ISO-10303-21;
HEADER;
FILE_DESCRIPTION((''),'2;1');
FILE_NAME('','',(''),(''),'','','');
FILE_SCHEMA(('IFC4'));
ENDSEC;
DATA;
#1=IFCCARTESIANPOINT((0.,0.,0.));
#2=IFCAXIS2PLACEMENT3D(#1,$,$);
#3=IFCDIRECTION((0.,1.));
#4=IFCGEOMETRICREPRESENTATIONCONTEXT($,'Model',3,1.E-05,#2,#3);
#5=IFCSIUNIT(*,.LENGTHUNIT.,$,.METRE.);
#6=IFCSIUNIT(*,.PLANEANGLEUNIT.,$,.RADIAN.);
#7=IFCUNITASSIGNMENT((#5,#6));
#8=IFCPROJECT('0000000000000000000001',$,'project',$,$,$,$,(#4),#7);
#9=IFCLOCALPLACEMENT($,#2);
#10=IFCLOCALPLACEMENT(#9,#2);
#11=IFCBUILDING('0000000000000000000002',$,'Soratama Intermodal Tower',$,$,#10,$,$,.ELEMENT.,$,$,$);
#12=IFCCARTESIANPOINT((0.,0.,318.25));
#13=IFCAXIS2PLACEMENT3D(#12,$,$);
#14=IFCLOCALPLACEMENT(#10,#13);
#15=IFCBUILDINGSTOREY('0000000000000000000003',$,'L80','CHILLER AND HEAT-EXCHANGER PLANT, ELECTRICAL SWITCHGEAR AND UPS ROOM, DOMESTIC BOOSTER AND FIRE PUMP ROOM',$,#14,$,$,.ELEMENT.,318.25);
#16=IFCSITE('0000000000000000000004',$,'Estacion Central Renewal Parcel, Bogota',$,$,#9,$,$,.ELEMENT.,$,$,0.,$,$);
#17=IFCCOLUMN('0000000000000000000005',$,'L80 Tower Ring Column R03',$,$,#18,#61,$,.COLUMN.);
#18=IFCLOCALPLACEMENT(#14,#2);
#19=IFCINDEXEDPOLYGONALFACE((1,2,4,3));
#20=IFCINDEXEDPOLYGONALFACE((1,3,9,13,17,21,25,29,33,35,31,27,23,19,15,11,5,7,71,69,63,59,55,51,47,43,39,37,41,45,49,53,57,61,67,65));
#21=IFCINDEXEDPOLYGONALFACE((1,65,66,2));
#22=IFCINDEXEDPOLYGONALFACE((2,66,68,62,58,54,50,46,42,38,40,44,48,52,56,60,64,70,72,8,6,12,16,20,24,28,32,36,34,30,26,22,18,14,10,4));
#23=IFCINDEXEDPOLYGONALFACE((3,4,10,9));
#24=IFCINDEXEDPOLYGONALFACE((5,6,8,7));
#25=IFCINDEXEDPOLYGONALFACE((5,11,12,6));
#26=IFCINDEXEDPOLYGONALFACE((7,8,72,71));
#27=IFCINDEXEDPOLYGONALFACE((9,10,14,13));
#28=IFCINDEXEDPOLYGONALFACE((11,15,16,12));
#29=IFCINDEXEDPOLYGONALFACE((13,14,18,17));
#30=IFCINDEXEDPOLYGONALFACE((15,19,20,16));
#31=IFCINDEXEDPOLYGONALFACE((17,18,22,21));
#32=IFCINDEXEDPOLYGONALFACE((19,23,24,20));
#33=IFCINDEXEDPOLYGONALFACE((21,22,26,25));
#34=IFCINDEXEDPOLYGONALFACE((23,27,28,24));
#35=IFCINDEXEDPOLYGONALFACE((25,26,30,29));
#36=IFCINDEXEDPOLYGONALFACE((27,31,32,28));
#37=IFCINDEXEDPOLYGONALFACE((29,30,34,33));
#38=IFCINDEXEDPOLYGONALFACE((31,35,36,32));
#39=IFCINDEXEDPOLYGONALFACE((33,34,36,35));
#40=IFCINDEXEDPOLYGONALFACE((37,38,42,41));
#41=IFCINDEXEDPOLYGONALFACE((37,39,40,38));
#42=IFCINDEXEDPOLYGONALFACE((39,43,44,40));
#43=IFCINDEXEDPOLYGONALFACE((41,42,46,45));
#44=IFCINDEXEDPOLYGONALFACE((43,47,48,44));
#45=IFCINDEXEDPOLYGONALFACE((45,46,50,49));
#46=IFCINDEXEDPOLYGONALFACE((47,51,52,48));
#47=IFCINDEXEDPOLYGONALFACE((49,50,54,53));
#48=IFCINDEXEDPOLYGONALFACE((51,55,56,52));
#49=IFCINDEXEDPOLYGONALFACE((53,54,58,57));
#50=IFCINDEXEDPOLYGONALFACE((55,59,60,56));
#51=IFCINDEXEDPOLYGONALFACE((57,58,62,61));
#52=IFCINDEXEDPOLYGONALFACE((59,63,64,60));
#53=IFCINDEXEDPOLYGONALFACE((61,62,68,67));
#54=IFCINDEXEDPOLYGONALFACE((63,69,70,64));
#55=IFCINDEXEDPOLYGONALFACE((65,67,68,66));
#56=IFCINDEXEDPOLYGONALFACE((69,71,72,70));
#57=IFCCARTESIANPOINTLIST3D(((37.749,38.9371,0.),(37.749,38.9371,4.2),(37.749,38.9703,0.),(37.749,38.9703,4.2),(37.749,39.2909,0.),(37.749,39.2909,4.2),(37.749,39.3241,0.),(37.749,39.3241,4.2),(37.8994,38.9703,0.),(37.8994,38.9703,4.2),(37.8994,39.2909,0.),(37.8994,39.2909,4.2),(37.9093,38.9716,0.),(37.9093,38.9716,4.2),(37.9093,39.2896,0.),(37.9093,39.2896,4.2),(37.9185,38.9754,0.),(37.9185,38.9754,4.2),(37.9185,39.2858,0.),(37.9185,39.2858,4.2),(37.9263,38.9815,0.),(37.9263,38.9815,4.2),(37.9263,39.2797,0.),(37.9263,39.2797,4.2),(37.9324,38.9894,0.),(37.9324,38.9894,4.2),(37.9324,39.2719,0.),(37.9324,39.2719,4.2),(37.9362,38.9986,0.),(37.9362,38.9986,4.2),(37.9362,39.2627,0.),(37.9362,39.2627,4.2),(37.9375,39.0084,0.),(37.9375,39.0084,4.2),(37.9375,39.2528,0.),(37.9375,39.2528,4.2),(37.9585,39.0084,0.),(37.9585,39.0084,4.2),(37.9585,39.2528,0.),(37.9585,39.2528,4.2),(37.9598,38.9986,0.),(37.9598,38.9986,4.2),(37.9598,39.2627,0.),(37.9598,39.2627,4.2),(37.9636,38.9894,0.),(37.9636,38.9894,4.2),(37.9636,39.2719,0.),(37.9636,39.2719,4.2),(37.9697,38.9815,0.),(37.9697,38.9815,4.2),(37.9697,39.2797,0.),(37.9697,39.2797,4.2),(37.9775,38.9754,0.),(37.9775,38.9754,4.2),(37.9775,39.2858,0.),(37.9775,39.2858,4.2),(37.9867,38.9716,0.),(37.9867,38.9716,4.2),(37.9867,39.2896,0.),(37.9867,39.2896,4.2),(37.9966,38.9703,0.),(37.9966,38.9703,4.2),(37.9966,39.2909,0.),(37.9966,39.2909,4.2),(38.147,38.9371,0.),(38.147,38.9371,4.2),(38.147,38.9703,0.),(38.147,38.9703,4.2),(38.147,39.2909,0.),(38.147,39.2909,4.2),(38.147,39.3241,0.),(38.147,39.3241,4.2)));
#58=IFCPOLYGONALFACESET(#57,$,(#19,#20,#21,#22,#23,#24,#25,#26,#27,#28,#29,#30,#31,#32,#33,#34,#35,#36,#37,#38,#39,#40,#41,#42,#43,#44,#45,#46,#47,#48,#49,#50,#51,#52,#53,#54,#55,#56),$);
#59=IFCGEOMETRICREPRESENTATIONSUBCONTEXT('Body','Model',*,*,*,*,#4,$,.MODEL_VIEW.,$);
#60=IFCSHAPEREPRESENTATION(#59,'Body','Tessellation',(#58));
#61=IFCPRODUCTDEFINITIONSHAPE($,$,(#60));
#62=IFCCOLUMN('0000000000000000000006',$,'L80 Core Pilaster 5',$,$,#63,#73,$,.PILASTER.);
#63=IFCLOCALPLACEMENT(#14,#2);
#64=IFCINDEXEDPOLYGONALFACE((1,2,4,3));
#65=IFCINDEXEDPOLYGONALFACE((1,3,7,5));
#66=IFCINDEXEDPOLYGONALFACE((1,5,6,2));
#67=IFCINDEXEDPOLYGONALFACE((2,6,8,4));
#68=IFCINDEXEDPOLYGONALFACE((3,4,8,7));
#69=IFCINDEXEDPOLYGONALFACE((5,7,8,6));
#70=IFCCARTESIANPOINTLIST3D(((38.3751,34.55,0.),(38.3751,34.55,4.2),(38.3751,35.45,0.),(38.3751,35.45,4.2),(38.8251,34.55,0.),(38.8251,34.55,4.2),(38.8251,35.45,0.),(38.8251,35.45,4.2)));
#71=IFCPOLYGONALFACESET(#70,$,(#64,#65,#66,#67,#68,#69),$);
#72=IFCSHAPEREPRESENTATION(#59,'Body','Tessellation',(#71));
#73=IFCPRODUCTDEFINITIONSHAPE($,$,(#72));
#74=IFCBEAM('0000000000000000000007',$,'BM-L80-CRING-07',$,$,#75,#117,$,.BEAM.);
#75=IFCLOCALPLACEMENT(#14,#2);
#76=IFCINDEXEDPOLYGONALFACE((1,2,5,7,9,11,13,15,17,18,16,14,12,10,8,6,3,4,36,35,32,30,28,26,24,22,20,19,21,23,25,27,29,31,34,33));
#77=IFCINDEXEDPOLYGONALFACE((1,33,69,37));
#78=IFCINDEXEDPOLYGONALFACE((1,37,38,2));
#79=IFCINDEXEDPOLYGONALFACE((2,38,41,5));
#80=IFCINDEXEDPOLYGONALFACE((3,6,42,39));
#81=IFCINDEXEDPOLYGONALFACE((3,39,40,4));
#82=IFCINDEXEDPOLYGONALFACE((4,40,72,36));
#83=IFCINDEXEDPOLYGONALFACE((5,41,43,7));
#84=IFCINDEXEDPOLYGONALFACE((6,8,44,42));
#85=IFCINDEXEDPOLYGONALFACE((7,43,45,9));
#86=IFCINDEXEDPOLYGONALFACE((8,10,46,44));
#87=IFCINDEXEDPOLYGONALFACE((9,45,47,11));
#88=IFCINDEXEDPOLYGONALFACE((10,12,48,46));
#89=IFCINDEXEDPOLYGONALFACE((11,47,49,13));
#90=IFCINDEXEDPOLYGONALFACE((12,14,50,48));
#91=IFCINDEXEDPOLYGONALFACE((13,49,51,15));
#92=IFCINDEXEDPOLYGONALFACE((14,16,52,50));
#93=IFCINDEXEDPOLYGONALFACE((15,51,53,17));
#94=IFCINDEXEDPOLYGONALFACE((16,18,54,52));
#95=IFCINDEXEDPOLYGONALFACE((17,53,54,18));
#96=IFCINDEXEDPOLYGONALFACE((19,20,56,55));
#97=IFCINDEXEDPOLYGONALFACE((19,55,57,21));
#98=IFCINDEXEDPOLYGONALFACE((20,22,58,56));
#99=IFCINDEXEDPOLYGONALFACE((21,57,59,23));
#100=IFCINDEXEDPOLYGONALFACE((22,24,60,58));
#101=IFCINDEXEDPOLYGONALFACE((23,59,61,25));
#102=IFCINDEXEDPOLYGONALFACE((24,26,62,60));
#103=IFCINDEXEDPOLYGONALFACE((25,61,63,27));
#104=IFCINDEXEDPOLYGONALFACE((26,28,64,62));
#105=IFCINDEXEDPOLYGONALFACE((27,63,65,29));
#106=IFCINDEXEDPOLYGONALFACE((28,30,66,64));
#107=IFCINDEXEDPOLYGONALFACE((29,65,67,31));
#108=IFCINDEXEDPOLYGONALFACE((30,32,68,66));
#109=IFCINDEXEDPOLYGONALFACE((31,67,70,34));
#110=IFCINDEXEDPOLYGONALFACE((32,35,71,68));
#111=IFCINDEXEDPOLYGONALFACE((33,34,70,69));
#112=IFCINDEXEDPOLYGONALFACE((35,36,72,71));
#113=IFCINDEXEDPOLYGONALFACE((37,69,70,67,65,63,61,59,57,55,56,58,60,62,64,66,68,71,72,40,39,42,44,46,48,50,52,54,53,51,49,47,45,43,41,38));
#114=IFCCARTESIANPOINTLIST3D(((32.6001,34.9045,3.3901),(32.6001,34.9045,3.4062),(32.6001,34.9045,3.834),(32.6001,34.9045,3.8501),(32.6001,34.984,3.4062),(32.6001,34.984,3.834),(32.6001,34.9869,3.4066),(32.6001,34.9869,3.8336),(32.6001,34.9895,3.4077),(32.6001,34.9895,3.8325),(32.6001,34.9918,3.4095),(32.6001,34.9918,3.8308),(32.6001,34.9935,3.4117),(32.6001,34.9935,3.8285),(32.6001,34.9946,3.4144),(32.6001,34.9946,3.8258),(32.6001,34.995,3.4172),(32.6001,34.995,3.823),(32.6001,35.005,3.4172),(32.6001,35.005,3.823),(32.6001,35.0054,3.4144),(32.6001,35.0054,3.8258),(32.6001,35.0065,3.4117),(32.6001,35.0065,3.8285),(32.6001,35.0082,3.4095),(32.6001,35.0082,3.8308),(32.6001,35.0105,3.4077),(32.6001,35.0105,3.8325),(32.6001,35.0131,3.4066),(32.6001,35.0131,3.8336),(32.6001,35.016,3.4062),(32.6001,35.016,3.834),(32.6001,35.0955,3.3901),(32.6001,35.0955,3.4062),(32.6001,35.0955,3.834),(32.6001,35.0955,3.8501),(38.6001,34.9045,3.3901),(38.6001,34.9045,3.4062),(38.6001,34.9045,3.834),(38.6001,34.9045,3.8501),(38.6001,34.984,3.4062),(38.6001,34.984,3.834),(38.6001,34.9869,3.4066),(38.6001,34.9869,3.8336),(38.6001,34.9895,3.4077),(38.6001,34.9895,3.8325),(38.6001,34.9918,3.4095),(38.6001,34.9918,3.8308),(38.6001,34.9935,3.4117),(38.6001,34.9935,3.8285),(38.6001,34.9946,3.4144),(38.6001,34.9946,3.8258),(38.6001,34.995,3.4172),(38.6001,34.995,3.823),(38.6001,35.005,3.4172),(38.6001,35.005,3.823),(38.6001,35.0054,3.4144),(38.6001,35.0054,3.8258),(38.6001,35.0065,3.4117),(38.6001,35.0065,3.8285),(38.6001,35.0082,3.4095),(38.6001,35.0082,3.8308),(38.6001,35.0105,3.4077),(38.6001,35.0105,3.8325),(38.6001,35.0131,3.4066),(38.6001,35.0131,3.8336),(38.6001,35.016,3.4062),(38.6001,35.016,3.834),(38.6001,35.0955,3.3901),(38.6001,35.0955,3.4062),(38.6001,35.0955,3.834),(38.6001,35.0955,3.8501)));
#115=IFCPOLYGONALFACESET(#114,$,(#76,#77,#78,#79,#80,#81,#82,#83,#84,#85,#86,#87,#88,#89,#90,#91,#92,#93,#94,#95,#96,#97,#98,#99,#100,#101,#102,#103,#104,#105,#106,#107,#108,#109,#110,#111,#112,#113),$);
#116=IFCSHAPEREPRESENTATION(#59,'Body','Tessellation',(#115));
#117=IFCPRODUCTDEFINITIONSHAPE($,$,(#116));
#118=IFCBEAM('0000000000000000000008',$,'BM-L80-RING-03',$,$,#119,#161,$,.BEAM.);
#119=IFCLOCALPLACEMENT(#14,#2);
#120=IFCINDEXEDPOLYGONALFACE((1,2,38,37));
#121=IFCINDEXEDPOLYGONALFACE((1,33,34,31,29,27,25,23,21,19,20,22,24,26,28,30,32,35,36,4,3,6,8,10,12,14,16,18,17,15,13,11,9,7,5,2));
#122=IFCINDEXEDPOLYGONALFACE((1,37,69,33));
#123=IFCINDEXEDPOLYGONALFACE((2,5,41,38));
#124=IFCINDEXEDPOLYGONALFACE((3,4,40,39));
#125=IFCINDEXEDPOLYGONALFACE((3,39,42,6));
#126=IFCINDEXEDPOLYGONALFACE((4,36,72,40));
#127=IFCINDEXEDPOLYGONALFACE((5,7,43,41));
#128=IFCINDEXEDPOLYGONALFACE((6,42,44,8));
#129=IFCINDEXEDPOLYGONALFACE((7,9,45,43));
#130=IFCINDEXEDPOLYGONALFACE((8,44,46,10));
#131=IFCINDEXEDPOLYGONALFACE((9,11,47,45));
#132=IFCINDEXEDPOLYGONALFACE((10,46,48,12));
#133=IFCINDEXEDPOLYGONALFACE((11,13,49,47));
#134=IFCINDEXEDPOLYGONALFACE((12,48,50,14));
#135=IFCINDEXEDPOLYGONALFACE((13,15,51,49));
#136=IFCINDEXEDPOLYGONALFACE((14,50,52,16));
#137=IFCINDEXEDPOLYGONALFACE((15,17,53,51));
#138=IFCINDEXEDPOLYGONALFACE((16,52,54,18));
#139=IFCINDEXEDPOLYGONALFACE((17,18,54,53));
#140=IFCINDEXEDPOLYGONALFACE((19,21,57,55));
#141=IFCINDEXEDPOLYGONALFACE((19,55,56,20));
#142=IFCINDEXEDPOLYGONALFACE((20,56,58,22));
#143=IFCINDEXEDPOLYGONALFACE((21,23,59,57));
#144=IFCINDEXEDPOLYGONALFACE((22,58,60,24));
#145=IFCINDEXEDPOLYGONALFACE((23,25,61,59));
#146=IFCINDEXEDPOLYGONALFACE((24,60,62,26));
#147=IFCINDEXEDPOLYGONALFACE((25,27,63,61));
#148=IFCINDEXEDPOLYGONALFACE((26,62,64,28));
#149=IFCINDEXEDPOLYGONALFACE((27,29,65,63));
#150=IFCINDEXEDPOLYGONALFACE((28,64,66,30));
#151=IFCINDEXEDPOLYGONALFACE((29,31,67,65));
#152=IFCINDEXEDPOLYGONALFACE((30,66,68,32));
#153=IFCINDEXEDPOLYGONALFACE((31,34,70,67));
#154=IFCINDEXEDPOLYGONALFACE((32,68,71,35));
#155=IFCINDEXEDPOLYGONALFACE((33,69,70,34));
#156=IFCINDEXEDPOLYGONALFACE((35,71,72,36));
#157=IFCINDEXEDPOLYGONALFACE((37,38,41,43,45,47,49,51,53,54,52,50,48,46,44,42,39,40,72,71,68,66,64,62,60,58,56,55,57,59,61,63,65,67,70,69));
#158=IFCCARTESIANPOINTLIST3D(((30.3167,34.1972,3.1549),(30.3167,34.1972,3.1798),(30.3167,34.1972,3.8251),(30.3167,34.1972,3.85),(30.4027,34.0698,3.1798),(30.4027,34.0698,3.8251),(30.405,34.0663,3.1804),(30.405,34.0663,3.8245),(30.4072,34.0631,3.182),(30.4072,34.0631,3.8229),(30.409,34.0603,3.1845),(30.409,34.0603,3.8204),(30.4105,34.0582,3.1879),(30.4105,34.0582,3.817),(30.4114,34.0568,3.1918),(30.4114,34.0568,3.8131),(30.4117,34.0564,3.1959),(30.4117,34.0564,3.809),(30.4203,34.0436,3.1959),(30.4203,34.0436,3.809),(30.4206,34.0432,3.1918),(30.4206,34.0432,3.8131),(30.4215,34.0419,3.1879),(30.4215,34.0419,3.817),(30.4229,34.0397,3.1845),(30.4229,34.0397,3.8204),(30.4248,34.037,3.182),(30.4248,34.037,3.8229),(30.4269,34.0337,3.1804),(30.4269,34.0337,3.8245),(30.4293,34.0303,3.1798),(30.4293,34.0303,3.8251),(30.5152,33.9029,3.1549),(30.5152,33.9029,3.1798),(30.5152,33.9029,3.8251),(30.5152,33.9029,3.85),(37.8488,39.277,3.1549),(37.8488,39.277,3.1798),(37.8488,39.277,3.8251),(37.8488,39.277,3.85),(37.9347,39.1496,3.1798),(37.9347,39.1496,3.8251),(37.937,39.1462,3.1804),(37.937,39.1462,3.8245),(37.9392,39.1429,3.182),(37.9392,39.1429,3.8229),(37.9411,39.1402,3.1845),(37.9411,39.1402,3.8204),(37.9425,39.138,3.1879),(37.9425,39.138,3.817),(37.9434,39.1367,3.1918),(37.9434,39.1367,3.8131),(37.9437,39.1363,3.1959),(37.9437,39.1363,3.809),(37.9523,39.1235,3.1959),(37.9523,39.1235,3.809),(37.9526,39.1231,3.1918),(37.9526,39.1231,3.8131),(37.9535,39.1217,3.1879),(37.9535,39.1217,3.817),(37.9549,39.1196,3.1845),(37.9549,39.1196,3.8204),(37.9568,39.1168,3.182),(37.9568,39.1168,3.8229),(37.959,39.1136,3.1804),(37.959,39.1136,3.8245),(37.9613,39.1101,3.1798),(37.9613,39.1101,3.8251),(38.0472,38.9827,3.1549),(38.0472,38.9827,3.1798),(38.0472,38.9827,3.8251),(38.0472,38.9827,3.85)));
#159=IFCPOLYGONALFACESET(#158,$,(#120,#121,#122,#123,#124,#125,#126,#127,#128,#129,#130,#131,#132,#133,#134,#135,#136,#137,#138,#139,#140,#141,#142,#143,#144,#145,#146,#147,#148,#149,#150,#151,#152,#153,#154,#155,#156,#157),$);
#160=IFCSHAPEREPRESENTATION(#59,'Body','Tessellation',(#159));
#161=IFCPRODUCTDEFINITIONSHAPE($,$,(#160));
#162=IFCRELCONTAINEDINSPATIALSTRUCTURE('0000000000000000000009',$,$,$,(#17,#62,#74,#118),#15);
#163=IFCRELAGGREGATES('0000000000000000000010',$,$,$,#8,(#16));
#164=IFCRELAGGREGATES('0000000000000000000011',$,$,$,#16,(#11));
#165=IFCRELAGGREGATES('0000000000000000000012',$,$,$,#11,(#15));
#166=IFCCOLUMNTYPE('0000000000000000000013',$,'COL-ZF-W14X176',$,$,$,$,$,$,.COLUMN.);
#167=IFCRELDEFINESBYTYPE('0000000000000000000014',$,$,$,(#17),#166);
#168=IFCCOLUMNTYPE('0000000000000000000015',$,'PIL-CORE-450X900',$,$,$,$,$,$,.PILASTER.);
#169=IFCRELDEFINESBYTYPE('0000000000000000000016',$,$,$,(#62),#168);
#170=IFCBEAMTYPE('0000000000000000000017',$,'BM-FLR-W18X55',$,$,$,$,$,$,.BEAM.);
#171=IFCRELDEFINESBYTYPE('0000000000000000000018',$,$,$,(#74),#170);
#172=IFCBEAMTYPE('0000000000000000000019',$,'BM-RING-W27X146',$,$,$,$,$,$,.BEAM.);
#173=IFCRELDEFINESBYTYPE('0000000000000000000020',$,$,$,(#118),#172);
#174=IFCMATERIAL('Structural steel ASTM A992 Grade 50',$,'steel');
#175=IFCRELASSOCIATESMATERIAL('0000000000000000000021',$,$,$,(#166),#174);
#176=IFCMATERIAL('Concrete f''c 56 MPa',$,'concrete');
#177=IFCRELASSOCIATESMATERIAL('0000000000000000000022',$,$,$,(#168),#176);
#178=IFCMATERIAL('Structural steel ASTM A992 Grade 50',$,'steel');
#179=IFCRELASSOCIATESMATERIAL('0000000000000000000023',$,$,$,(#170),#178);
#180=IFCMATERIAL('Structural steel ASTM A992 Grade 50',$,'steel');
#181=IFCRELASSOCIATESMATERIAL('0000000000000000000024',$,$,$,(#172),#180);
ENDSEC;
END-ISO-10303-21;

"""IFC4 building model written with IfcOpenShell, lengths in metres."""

from ifc_helpers import new_model, si_unit, direction, frame, origin, origin_2d, place, context, subcontext, project, spatial, rectangle, i_section, extrude, material, material_profile, profile_set, type_object, element, save


model = new_model("IFC4")

# Units and contexts
model_context = context("Model", 3, precision=1e-05, world=origin(), true_north=direction((0.0, 1.0)))
body_context = subcontext(model_context, "Body", "Model", "MODEL_VIEW")
ifc_project = project(units=[si_unit("LENGTHUNIT", "METRE"), si_unit("PLANEANGLEUNIT", "RADIAN")], contexts=[model_context])

# Site, building, storey
site_placement = place(None, origin())
site = spatial("IfcSite", under=ifc_project, at=site_placement, Name="Estacion Central Renewal Parcel, Bogota", CompositionType="ELEMENT", RefElevation=0.0)
building_placement = place(site_placement, origin())
building = spatial("IfcBuilding", under=site, at=building_placement, Name="Soratama Intermodal Tower", CompositionType="ELEMENT")
storey_placement = place(building_placement, frame((0.0, 0.0, 318.25)))
storey = spatial("IfcBuildingStorey", under=building, at=storey_placement, Name="L80", Description="CHILLER AND HEAT-EXCHANGER PLANT, ELECTRICAL SWITCHGEAR AND UPS ROOM, DOMESTIC BOOSTER AND FIRE PUMP ROOM", CompositionType="ELEMENT", Elevation=318.25)

# Columns
ifc_material_1 = material(Name="Structural steel ASTM A992 Grade 50", Category="steel")
ifc_material_profile_1 = material_profile(ifc_material_1, i_section(OverallWidth=0.3979, OverallDepth=0.387, WebThickness=0.021, FlangeThickness=0.0332, FilletRadius=0.0381, at=origin_2d()), Name="W14X176")
ifc_profile_set_1 = profile_set([ifc_material_profile_1], Name="Structural steel ASTM A992 Grade 50")
column_type_1 = type_object("IfcColumnType", Name="COL-ZF-W14X176", PredefinedType="COLUMN", material=ifc_profile_set_1)
column_1_placement = place(storey_placement, frame((37.948, 39.1306, 0.0), z_axis=(0.0, 0.0, 1.0), x_axis=(1.0, 0.0, 0.0)))
element("IfcColumn", 1, at=column_1_placement, inside=storey, type_object=column_type_1, Name="L80 Tower Ring Column R03", PredefinedType="COLUMN", context=body_context, shape_type="SweptSolid", body=[
    extrude(i_section(OverallWidth=0.3979, OverallDepth=0.387, WebThickness=0.021, FlangeThickness=0.0332, FilletRadius=0.0381, at=origin_2d()), origin(), (0.0, 0.0, 1.0), 4.2),
])
ifc_material_2 = material(Name="Concrete f'c 56 MPa", Category="concrete")
ifc_material_profile_2 = material_profile(ifc_material_2, rectangle(XDim=0.45, YDim=0.8999, at=origin_2d()), Name="RC450X900")
ifc_profile_set_2 = profile_set([ifc_material_profile_2], Name="Concrete f'c 56 MPa")
column_type_2 = type_object("IfcColumnType", Name="PIL-CORE-450X900", PredefinedType="PILASTER", material=ifc_profile_set_2)
column_2_placement = place(storey_placement, frame((38.6001, 35.0, 0.0), z_axis=(0.0, 0.0, 1.0), x_axis=(1.0, 0.0, 0.0)))
element("IfcColumn", 2, at=column_2_placement, inside=storey, type_object=column_type_2, Name="L80 Core Pilaster 5", PredefinedType="PILASTER", context=body_context, shape_type="SweptSolid", body=[
    extrude(rectangle(XDim=0.45, YDim=0.8999, at=origin_2d()), origin(), (0.0, 0.0, 1.0), 4.2),
])

# Beams
ifc_material_3 = material(Name="Structural steel ASTM A992 Grade 50", Category="steel")
ifc_material_profile_3 = material_profile(ifc_material_3, i_section(OverallWidth=0.1909, OverallDepth=0.46, WebThickness=0.01, FlangeThickness=0.0161, FilletRadius=0.011, at=origin_2d()), Name="W18X55")
ifc_profile_set_3 = profile_set([ifc_material_profile_3], Name="Structural steel ASTM A992 Grade 50")
beam_type_1 = type_object("IfcBeamType", Name="BM-FLR-W18X55", PredefinedType="BEAM", material=ifc_profile_set_3)
beam_1_placement = place(storey_placement, frame((38.6001, 35.0, 3.6201), z_axis=(-1.0, 0.0, 0.0), x_axis=(0.0, -1.0, 0.0)))
element("IfcBeam", 3, at=beam_1_placement, inside=storey, type_object=beam_type_1, Name="BM-L80-CRING-07", PredefinedType="BEAM", context=body_context, shape_type="SweptSolid", body=[
    extrude(i_section(OverallWidth=0.1909, OverallDepth=0.46, WebThickness=0.01, FlangeThickness=0.0161, FilletRadius=0.011, at=origin_2d()), origin(), (0.0, 0.0, 1.0), 6.0),
])
ifc_material_4 = material(Name="Structural steel ASTM A992 Grade 50", Category="steel")
ifc_material_profile_4 = material_profile(ifc_material_4, i_section(OverallWidth=0.355, OverallDepth=0.6951, WebThickness=0.0154, FlangeThickness=0.0249, FilletRadius=0.0161, at=origin_2d()), Name="W27X146")
ifc_profile_set_4 = profile_set([ifc_material_profile_4], Name="Structural steel ASTM A992 Grade 50")
beam_type_2 = type_object("IfcBeamType", Name="BM-RING-W27X146", PredefinedType="BEAM", material=ifc_profile_set_4)
beam_2_placement = place(storey_placement, frame((37.948, 39.1299, 3.5024), z_axis=(-0.829066, -0.559151, 0.0), x_axis=(0.559151, -0.829066, 0.0)))
element("IfcBeam", 4, at=beam_2_placement, inside=storey, type_object=beam_type_2, Name="BM-L80-RING-03", PredefinedType="BEAM", context=body_context, shape_type="SweptSolid", body=[
    extrude(i_section(OverallWidth=0.355, OverallDepth=0.6951, WebThickness=0.0154, FlangeThickness=0.0249, FilletRadius=0.0161, at=origin_2d()), origin(), (0.0, 0.0, 1.0), 9.085),
])

save(model, "model.ifc")
